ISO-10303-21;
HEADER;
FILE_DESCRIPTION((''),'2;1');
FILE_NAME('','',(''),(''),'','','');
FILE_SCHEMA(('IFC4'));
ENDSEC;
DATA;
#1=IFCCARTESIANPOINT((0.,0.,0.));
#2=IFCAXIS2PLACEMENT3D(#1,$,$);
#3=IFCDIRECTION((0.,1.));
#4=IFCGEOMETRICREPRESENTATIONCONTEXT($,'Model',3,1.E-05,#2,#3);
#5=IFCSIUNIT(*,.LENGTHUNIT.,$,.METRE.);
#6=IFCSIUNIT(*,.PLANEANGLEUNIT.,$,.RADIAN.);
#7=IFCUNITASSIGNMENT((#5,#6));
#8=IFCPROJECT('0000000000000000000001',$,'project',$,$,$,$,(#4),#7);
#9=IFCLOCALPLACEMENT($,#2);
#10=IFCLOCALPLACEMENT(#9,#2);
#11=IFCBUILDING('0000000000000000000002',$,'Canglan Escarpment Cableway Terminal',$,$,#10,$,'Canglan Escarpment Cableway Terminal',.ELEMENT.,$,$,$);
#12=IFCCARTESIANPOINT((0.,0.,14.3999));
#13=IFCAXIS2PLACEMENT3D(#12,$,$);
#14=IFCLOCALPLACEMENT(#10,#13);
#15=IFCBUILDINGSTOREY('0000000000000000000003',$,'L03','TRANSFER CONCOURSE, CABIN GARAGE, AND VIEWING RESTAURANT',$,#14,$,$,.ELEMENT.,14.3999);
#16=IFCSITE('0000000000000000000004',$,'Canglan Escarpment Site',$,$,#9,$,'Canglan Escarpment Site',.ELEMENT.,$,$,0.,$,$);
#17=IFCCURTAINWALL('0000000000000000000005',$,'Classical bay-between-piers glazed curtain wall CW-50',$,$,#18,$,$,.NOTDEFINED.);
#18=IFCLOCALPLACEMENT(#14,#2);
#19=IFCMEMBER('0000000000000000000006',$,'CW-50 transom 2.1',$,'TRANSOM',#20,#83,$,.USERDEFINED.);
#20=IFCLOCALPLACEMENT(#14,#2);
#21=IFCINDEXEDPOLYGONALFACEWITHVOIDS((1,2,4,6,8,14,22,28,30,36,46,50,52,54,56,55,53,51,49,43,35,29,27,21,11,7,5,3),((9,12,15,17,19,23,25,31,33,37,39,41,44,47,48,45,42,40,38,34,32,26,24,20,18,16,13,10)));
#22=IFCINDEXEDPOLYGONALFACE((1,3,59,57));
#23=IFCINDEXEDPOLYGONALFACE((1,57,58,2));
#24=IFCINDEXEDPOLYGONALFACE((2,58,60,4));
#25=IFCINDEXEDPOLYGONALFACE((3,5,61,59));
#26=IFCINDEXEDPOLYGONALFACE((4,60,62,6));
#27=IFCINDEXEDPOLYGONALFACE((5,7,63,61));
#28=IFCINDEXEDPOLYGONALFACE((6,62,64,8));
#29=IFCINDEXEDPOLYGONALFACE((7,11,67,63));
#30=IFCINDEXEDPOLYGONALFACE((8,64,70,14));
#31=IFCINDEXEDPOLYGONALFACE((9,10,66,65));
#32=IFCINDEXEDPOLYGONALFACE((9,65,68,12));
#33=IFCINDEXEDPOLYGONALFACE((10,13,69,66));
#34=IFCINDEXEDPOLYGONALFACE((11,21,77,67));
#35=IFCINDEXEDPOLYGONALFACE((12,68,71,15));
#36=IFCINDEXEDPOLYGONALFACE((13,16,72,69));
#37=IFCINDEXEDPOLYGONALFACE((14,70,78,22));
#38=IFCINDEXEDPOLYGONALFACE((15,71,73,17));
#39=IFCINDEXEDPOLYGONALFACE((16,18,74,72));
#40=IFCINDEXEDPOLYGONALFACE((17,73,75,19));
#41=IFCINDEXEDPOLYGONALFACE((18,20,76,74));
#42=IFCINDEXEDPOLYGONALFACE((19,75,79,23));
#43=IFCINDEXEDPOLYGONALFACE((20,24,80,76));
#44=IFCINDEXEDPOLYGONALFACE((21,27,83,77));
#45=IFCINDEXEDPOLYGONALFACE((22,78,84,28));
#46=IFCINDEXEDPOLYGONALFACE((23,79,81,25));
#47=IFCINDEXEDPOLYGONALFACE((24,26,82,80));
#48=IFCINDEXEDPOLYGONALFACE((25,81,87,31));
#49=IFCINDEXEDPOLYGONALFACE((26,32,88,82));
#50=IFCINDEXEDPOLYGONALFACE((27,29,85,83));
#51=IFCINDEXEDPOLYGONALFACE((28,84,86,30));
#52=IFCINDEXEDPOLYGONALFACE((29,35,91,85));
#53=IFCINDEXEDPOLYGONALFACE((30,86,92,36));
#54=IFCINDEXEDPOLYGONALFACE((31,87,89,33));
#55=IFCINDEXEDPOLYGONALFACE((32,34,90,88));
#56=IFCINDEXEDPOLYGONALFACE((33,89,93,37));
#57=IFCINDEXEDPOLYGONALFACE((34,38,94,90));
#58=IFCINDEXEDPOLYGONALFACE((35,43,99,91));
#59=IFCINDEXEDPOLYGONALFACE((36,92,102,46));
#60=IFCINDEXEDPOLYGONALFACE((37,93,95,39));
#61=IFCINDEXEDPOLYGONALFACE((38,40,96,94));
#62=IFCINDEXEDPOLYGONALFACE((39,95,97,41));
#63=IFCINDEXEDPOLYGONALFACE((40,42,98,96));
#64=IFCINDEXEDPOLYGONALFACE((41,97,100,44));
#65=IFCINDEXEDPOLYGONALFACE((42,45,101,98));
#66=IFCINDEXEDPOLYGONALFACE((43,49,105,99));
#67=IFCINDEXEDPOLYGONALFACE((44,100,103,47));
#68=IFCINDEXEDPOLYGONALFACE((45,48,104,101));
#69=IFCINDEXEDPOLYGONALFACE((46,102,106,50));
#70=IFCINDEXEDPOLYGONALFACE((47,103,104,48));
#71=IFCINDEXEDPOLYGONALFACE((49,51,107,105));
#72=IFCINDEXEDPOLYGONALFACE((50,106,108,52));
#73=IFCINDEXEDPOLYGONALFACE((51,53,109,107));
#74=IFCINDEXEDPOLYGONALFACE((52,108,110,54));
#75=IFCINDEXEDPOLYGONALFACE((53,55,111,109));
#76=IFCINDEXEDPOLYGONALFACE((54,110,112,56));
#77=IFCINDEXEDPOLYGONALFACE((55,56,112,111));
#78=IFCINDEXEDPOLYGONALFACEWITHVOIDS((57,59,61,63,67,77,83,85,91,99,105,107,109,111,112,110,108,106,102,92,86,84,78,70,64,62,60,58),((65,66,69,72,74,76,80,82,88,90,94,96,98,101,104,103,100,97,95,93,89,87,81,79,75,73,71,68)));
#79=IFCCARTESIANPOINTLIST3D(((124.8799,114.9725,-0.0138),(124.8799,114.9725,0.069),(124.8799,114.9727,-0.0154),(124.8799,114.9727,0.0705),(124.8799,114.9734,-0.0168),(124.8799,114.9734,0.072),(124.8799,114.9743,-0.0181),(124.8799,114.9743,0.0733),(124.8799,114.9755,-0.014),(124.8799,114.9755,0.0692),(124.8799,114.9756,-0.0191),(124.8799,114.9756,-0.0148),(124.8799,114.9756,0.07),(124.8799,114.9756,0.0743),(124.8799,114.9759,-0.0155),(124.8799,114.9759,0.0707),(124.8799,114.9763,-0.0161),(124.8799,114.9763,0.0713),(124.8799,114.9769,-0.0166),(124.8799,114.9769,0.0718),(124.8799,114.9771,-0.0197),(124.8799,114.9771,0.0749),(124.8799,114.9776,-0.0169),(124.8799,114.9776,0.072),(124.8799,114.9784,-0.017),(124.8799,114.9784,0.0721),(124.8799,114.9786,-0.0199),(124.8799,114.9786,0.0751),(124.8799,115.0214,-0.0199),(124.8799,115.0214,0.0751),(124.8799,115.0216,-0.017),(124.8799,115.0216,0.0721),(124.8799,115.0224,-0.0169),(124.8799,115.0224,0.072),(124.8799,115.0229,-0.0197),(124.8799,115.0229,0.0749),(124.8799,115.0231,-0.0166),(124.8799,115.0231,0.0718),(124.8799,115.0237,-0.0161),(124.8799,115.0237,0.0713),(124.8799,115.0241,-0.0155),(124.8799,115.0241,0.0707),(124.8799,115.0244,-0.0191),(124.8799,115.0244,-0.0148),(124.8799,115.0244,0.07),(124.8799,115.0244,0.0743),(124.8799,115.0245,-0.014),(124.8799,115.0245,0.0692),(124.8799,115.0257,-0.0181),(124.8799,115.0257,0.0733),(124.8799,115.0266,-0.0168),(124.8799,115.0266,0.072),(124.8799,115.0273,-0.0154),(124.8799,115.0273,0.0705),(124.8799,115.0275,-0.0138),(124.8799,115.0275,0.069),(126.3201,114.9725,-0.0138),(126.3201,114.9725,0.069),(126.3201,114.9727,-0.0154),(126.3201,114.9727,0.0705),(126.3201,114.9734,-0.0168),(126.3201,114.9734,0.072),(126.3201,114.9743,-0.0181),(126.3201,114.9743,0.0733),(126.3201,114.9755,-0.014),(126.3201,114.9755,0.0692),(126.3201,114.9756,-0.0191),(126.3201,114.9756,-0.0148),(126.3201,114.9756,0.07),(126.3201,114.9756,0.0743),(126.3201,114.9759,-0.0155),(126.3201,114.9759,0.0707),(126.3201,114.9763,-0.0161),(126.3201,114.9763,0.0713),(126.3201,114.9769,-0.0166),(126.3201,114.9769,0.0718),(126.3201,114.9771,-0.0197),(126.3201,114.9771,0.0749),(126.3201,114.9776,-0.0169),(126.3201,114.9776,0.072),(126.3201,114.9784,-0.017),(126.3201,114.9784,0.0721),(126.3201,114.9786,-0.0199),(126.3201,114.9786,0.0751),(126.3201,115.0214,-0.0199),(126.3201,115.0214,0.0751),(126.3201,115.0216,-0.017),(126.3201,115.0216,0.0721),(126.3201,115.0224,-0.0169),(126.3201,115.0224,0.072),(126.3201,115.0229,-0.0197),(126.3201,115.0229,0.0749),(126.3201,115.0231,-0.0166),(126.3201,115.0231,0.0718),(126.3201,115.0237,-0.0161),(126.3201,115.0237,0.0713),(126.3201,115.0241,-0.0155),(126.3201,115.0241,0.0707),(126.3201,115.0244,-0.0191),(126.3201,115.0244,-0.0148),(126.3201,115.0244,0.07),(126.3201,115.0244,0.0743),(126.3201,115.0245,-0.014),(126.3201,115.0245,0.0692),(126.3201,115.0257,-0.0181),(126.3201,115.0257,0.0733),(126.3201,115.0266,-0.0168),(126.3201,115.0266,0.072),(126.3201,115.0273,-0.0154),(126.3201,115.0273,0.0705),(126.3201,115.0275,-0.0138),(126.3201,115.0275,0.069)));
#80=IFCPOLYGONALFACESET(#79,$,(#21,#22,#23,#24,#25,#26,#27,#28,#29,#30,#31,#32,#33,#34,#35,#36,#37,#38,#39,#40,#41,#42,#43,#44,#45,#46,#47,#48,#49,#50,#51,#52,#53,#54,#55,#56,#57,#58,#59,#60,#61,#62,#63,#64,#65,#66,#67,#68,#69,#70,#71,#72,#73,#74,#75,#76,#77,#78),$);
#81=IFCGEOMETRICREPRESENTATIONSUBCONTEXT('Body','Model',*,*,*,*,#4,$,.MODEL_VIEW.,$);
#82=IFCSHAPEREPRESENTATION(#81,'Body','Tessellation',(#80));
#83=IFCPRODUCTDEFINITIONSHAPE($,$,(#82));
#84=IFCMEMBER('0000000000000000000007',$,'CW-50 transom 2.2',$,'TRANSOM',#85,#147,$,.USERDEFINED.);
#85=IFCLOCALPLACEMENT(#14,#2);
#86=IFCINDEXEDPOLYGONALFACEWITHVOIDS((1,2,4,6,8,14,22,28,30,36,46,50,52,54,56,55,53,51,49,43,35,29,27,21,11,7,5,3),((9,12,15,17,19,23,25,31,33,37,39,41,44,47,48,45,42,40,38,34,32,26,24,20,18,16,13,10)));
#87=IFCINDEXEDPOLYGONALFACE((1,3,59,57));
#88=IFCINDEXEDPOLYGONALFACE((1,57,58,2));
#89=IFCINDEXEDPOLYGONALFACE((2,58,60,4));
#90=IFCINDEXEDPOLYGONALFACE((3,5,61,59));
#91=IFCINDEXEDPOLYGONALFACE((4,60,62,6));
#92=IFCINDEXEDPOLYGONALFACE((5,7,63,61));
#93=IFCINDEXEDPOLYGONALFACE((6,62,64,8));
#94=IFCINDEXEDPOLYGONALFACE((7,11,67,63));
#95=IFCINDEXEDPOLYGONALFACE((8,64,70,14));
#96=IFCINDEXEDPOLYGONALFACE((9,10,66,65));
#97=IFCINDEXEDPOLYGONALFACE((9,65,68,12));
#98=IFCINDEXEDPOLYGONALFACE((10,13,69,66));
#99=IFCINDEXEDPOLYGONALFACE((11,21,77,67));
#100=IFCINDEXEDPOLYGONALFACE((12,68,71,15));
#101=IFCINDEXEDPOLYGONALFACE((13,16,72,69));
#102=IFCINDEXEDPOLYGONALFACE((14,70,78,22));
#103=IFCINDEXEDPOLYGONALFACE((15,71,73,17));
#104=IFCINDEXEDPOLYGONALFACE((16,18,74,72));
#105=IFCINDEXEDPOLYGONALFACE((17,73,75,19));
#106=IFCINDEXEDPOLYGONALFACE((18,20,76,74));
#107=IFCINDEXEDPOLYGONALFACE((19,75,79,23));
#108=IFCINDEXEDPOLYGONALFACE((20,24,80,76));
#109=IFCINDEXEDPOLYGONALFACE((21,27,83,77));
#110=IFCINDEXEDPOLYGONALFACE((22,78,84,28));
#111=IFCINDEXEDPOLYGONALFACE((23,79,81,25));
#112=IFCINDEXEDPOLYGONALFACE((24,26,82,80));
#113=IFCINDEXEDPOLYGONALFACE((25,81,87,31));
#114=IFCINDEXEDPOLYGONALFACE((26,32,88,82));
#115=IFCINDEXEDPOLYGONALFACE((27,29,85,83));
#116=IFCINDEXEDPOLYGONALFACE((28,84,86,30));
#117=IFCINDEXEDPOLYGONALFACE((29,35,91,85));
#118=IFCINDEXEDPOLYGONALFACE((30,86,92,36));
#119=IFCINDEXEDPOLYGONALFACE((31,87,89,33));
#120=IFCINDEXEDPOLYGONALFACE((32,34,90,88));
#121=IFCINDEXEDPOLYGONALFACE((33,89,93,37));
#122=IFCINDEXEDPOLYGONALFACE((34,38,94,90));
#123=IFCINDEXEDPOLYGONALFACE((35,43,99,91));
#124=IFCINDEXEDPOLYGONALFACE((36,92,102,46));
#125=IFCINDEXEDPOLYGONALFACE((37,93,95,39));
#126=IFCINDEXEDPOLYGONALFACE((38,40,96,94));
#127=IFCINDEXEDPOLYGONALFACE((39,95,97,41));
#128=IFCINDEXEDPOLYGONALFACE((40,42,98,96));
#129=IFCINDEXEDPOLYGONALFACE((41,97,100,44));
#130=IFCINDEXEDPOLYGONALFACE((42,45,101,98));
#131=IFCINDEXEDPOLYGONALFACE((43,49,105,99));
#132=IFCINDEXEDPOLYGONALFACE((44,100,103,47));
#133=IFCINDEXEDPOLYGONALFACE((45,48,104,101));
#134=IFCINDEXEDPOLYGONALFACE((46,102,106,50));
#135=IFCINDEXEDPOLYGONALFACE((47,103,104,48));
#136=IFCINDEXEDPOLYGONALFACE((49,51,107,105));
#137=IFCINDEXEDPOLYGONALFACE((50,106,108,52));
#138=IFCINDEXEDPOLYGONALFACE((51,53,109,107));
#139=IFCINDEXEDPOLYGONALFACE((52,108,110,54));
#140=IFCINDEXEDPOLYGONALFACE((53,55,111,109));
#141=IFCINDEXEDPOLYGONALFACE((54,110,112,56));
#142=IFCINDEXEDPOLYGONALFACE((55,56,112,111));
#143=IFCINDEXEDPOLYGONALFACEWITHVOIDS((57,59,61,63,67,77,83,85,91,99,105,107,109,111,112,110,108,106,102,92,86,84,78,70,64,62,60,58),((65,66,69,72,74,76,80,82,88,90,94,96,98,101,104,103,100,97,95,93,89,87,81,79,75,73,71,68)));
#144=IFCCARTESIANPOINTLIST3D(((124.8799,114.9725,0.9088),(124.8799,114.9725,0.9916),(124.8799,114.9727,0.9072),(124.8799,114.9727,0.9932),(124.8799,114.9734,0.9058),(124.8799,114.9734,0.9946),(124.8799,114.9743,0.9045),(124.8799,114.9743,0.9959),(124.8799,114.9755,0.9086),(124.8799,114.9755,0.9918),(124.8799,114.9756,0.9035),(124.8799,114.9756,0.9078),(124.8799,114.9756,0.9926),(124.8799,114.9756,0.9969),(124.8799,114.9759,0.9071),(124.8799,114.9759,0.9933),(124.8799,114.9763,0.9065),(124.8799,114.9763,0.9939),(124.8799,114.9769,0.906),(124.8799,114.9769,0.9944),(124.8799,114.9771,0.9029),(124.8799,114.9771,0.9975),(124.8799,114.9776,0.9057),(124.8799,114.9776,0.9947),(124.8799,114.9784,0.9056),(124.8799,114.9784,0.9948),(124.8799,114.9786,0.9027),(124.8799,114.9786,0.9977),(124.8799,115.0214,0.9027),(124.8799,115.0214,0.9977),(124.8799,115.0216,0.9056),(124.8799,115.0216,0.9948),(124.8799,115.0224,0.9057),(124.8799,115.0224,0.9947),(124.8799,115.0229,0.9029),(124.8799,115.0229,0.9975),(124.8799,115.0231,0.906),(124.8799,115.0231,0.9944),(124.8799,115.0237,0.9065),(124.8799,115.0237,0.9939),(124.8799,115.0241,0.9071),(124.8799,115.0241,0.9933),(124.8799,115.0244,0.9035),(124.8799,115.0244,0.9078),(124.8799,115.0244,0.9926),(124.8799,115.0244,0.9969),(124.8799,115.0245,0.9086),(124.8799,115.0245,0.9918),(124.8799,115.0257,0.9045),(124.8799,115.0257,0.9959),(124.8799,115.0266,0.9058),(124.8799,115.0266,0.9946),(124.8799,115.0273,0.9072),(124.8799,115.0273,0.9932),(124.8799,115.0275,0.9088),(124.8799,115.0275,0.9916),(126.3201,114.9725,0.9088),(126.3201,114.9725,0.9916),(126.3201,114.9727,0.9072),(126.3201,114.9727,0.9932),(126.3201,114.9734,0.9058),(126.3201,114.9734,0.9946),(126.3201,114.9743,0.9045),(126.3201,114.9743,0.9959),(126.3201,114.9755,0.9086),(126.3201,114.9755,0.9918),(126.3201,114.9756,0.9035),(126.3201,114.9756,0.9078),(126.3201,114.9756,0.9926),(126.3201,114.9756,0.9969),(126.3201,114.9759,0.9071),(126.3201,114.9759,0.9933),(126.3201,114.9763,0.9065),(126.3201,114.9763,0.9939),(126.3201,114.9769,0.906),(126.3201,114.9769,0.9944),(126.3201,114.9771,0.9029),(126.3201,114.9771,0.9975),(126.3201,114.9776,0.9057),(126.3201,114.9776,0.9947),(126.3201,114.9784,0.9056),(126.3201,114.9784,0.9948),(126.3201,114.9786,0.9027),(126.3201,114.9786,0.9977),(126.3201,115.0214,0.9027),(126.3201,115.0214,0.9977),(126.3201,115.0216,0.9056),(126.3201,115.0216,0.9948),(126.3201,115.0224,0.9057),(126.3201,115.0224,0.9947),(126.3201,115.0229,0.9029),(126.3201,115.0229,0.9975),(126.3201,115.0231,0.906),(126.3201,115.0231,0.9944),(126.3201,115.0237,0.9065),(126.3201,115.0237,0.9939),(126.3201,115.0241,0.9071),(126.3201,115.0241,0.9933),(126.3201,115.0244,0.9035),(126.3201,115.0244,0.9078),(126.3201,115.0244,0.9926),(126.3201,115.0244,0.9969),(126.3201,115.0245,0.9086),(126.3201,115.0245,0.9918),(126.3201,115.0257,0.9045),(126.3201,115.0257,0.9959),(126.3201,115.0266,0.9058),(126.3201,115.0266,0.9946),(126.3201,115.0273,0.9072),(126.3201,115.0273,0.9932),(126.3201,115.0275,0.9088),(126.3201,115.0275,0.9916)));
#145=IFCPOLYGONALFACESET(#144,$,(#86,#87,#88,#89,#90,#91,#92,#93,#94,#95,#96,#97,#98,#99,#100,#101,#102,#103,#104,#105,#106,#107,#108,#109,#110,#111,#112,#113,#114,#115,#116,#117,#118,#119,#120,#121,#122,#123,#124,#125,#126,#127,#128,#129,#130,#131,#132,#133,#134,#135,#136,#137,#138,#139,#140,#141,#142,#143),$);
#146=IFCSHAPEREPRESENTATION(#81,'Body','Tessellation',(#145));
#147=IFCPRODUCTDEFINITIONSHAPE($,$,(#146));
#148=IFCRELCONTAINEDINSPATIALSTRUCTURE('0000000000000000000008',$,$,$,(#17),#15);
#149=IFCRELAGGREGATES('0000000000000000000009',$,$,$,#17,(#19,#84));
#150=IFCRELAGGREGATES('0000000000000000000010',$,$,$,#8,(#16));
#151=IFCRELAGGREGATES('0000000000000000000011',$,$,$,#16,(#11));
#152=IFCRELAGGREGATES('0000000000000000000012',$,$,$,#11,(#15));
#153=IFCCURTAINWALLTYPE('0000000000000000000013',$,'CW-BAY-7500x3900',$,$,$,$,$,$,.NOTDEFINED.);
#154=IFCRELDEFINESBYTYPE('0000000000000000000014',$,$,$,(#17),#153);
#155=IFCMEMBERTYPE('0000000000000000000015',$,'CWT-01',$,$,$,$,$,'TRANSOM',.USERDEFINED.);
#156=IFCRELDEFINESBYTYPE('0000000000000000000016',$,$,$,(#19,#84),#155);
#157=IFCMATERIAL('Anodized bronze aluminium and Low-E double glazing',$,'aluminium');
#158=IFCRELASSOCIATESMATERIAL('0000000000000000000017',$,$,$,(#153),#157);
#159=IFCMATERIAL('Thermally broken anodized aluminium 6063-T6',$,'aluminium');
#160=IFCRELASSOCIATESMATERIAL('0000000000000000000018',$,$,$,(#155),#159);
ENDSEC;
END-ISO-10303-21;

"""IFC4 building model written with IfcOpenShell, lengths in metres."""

from ifc_helpers import new_model, si_unit, direction, frame, origin, origin_2d, place, context, subcontext, project, spatial, hollow_rectangle, extrude, material, material_profile, profile_set, type_object, element, aggregate, save


model = new_model("IFC4")

# Units and contexts
model_context = context("Model", 3, precision=1e-05, world=origin(), true_north=direction((0.0, 1.0)))
body_context = subcontext(model_context, "Body", "Model", "MODEL_VIEW")
ifc_project = project(units=[si_unit("LENGTHUNIT", "METRE"), si_unit("PLANEANGLEUNIT", "RADIAN")], contexts=[model_context])

# Site, building, storey
site_placement = place(None, origin())
site = spatial("IfcSite", under=ifc_project, at=site_placement, Name="Canglan Escarpment Site", LongName="Canglan Escarpment Site", CompositionType="ELEMENT", RefElevation=0.0)
building_placement = place(site_placement, origin())
building = spatial("IfcBuilding", under=site, at=building_placement, Name="Canglan Escarpment Cableway Terminal", LongName="Canglan Escarpment Cableway Terminal", CompositionType="ELEMENT")
storey_placement = place(building_placement, frame((0.0, 0.0, 14.3999)))
storey = spatial("IfcBuildingStorey", under=building, at=storey_placement, Name="L03", Description="TRANSFER CONCOURSE, CABIN GARAGE, AND VIEWING RESTAURANT", CompositionType="ELEMENT", Elevation=14.3999)

# Curtain wall, members
ifc_material_1 = material(Name="Anodized bronze aluminium and Low-E double glazing", Category="aluminium")
curtain_wall_type = type_object("IfcCurtainWallType", Name="CW-BAY-7500x3900", PredefinedType="NOTDEFINED", material=ifc_material_1)
curtain_wall_placement = place(storey_placement, origin())
curtain_wall = element("IfcCurtainWall", 1, at=curtain_wall_placement, inside=storey, type_object=curtain_wall_type, Name="Classical bay-between-piers glazed curtain wall CW-50", PredefinedType="NOTDEFINED")
ifc_material_2 = material(Name="Thermally broken anodized aluminium 6063-T6", Category="aluminium")
ifc_material_profile_1 = material_profile(ifc_material_2, hollow_rectangle(XDim=0.0549, YDim=0.095, WallThickness=0.0029, InnerFilletRadius=0.0029, OuterFilletRadius=0.0061, at=origin_2d()), Name="ALU-TRAN 55x95x3")
ifc_profile_set_1 = profile_set([ifc_material_profile_1], Name="Thermally broken anodized aluminium 6063-T6")
member_type_1 = type_object("IfcMemberType", Name="CWT-01", ElementType="TRANSOM", PredefinedType="USERDEFINED", material=ifc_profile_set_1)
member_1_placement = place(storey_placement, frame((126.3201, 115.0, 0.0276), z_axis=(-1.0, 0.0, 0.0), x_axis=(0.0, -1.0, 0.0)))
member_1 = element("IfcMember", 2, at=member_1_placement, type_object=member_type_1, Name="CW-50 transom 2.1", ObjectType="TRANSOM", PredefinedType="USERDEFINED", context=body_context, shape_type="SweptSolid", body=[
    extrude(hollow_rectangle(XDim=0.0549, YDim=0.095, WallThickness=0.0029, InnerFilletRadius=0.0029, OuterFilletRadius=0.0061, at=origin_2d()), origin(), (0.0, 0.0, 1.0), 1.4402),
])
member_2_placement = place(storey_placement, frame((126.3201, 115.0, 0.9502), z_axis=(-1.0, 0.0, 0.0), x_axis=(0.0, -1.0, 0.0)))
member_2 = element("IfcMember", 3, at=member_2_placement, type_object=member_type_1, Name="CW-50 transom 2.2", ObjectType="TRANSOM", PredefinedType="USERDEFINED", context=body_context, shape_type="SweptSolid", body=[
    extrude(hollow_rectangle(XDim=0.0549, YDim=0.095, WallThickness=0.0029, InnerFilletRadius=0.0029, OuterFilletRadius=0.0061, at=origin_2d()), origin(), (0.0, 0.0, 1.0), 1.4402),
])
aggregate(curtain_wall, [member_1, member_2])

save(model, "model.ifc")
